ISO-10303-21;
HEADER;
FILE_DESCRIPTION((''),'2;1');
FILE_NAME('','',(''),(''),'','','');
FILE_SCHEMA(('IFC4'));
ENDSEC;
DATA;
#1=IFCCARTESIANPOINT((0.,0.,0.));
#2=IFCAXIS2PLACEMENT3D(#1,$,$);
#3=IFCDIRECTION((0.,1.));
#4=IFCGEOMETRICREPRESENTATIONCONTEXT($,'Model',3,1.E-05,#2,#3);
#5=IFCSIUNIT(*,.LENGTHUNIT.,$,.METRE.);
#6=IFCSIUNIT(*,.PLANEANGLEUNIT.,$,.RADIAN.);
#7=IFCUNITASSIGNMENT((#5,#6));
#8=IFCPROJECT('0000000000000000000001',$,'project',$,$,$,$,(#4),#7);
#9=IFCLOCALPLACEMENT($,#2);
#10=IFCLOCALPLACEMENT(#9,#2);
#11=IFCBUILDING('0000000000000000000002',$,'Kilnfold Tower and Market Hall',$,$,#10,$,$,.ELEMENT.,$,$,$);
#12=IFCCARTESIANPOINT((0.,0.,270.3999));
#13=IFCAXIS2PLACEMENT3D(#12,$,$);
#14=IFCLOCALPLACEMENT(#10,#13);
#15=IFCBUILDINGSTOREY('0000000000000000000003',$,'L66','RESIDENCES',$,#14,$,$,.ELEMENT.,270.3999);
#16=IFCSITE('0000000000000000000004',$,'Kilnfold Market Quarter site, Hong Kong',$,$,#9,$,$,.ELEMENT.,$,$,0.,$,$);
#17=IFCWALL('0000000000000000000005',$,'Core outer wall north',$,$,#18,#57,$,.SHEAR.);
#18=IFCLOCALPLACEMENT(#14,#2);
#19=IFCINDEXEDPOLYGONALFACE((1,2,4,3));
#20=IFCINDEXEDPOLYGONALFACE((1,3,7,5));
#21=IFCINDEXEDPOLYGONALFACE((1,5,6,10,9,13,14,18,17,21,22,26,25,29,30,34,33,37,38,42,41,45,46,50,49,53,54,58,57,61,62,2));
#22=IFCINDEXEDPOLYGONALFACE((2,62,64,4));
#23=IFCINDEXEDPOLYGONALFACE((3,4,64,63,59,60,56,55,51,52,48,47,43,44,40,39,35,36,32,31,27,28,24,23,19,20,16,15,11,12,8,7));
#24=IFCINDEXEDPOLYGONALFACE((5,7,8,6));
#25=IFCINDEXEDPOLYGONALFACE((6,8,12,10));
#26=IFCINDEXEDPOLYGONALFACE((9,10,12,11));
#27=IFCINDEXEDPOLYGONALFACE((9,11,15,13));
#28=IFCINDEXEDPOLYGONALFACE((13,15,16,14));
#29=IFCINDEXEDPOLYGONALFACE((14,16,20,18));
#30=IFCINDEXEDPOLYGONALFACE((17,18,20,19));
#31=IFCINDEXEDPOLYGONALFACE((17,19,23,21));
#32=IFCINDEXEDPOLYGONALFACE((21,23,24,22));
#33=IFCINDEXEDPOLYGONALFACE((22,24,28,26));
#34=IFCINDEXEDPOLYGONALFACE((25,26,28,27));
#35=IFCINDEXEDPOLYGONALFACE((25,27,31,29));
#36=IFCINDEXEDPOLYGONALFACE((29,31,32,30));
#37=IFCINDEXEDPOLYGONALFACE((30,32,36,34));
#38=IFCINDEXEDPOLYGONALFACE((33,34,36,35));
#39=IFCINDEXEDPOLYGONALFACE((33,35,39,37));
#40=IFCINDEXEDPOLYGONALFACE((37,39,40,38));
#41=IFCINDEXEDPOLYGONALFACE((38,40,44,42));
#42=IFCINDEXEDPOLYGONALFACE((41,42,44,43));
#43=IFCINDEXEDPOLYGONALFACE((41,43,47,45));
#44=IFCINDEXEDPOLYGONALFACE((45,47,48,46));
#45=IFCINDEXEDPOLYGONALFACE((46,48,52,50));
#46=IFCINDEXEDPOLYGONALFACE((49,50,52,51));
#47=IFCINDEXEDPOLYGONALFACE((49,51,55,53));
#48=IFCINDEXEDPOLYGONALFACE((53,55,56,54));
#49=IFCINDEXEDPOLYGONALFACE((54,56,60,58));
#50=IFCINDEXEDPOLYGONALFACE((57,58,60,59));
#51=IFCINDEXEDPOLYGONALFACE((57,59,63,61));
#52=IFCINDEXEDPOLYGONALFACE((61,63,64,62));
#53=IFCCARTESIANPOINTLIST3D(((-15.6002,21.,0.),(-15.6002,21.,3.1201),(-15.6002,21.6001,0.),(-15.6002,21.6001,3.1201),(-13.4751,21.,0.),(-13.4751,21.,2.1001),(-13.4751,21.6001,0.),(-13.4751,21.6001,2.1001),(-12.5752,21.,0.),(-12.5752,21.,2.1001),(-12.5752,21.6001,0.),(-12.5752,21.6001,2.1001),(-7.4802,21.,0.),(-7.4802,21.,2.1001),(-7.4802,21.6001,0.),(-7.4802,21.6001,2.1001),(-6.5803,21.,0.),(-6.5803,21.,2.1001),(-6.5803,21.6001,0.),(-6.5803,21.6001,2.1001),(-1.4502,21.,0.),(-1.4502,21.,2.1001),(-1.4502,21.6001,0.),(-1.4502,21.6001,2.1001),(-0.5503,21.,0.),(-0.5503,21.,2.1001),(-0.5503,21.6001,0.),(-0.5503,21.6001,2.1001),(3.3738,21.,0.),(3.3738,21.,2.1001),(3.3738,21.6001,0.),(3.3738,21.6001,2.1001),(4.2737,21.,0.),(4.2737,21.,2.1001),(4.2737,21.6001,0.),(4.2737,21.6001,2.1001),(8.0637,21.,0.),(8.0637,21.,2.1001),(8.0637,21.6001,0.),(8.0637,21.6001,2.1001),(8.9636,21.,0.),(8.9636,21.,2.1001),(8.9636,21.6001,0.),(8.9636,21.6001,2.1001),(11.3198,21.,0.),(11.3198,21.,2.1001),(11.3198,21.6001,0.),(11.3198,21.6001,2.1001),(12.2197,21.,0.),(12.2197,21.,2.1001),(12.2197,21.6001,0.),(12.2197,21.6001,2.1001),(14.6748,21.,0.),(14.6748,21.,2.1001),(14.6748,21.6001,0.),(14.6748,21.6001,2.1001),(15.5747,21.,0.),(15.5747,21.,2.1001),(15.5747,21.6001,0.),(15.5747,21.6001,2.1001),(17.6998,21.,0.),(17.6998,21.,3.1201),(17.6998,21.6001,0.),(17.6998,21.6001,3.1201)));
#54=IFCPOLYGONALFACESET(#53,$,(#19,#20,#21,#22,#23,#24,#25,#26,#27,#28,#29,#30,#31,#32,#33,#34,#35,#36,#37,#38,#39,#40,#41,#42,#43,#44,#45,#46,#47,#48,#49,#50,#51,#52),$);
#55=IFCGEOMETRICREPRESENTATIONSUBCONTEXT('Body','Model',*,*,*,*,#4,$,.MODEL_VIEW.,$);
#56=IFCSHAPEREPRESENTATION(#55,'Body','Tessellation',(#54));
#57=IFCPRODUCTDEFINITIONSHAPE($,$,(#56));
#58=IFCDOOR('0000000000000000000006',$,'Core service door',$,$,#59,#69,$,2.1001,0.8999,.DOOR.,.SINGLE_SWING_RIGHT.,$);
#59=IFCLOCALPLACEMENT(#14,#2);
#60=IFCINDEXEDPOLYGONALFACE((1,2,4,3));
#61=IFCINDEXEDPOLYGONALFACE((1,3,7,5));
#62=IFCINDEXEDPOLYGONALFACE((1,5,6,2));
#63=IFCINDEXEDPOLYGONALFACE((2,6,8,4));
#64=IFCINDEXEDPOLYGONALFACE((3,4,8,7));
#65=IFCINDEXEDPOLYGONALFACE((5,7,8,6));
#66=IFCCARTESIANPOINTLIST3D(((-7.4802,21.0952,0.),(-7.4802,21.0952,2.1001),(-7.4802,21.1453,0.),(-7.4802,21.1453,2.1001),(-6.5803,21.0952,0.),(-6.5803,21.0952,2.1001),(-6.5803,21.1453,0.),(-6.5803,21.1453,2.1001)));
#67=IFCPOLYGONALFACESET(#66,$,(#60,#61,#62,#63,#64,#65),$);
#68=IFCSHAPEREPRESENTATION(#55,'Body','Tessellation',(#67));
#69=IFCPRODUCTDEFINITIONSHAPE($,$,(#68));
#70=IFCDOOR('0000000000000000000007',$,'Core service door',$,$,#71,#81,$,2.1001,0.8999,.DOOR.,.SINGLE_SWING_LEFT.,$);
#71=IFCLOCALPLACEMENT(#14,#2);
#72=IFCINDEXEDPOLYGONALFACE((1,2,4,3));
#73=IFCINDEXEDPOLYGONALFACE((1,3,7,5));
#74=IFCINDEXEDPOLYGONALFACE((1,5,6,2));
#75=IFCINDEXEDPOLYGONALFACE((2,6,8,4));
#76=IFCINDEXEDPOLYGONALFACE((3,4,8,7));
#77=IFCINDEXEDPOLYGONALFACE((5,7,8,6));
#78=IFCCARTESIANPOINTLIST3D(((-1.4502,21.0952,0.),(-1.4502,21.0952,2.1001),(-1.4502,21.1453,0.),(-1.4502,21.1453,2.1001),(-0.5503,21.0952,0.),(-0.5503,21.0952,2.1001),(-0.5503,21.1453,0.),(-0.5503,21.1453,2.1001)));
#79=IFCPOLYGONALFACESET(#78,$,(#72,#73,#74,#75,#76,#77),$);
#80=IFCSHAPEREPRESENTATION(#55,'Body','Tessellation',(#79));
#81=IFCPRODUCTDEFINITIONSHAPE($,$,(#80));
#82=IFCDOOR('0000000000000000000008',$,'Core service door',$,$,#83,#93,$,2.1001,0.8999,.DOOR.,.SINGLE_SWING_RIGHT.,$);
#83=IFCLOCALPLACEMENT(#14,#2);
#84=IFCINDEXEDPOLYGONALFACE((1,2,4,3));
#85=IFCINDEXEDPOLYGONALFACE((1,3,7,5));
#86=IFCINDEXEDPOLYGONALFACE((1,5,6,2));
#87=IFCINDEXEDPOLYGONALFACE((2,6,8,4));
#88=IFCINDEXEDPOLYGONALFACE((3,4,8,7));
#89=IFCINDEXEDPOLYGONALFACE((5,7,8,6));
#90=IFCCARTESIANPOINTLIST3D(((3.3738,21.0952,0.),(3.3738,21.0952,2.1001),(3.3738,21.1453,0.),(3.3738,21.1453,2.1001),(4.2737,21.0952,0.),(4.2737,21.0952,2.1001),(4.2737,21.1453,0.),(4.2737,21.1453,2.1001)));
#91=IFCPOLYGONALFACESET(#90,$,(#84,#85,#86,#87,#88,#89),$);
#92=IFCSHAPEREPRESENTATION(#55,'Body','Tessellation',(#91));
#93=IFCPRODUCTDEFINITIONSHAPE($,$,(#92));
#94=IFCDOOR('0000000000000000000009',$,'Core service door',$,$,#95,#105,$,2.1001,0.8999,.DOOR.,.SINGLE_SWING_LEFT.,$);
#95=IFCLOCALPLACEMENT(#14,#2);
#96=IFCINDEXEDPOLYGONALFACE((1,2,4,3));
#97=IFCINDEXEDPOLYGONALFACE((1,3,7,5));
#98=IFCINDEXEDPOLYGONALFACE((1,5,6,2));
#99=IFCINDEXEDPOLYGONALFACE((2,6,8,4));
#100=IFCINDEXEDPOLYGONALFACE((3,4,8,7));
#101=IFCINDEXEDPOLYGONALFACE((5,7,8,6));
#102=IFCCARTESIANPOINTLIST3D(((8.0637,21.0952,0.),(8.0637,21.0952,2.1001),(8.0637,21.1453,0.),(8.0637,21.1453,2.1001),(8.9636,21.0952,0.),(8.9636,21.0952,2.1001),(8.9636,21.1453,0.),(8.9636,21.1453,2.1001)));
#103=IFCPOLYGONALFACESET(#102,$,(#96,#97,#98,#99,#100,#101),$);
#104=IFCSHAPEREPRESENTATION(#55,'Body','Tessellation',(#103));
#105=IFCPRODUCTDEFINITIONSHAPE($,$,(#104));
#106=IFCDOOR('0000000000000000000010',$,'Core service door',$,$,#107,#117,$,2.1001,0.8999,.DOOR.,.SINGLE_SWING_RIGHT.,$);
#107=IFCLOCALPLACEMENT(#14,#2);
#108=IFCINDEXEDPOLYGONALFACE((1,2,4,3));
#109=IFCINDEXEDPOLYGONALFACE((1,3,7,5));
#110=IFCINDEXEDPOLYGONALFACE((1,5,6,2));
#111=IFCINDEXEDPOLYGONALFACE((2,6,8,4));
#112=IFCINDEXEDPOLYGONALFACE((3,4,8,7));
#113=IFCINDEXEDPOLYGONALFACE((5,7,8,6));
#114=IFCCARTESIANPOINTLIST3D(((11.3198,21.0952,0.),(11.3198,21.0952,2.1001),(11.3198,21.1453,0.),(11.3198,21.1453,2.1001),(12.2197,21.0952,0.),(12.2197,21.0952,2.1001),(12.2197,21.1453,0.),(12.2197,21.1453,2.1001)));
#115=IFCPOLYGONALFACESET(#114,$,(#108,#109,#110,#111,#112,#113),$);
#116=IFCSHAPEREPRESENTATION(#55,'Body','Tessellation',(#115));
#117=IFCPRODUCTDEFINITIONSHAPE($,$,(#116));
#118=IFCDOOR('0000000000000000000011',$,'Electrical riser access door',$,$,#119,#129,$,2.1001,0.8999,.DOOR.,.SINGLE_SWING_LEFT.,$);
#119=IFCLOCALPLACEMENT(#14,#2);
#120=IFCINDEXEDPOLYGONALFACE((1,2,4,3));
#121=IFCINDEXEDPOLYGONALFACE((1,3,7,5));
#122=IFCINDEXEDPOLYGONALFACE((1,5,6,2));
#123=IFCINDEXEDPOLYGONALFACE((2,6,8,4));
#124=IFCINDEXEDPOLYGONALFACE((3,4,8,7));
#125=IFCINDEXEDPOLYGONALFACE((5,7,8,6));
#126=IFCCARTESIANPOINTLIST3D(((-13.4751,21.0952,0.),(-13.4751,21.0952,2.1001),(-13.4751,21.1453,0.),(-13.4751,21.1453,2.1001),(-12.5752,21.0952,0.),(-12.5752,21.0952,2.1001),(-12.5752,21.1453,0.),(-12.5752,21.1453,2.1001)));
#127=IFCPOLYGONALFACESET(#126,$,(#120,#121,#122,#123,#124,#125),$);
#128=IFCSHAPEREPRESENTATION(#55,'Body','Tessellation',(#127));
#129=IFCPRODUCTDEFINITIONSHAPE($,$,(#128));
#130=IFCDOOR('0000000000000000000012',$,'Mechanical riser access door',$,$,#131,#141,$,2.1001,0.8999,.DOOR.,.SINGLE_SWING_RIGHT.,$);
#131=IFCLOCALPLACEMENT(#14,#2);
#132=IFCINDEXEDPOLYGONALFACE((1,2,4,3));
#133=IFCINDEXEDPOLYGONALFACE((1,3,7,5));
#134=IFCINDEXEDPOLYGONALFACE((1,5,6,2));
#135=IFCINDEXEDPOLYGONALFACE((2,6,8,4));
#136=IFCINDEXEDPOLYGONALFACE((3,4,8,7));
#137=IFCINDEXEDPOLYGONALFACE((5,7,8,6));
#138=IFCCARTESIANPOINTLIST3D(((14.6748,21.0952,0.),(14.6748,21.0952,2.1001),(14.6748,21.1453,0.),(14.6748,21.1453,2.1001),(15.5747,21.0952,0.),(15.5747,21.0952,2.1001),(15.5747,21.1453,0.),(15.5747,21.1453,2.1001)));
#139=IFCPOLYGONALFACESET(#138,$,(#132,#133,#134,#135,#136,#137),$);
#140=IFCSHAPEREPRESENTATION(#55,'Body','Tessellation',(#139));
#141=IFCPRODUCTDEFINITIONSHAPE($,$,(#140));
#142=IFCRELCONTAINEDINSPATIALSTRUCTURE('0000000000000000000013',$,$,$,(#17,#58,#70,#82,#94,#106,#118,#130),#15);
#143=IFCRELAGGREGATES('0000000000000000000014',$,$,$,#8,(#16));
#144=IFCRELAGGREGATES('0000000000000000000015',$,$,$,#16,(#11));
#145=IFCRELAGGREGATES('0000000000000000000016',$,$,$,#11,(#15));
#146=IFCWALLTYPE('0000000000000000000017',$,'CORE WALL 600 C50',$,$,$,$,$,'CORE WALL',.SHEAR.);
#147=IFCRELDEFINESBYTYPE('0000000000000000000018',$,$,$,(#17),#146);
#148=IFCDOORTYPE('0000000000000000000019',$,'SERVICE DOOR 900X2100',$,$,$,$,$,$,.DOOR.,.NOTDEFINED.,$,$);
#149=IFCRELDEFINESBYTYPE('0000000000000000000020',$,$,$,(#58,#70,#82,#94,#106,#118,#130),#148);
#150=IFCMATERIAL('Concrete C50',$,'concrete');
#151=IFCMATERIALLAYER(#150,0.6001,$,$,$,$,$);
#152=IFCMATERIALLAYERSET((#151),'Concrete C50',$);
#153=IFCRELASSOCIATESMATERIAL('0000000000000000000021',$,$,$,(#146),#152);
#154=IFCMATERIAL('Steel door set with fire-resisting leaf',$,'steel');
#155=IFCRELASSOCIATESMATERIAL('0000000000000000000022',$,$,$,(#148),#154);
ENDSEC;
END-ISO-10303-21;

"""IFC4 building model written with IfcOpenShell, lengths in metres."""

from ifc_helpers import new_model, si_unit, direction, frame, frame_2d, origin, place, context, subcontext, project, spatial, rectangle, extrude, source, transform, mapped, material, layer, layer_set, type_object, element, fill, save


model = new_model("IFC4")

# Units and contexts
model_context = context("Model", 3, precision=1e-05, world=origin(), true_north=direction((0.0, 1.0)))
body_context = subcontext(model_context, "Body", "Model", "MODEL_VIEW")
ifc_project = project(units=[si_unit("LENGTHUNIT", "METRE"), si_unit("PLANEANGLEUNIT", "RADIAN")], contexts=[model_context])

# Site, building, storey
site_placement = place(None, origin())
site = spatial("IfcSite", under=ifc_project, at=site_placement, Name="Kilnfold Market Quarter site, Hong Kong", CompositionType="ELEMENT", RefElevation=0.0)
building_placement = place(site_placement, origin())
building = spatial("IfcBuilding", under=site, at=building_placement, Name="Kilnfold Tower and Market Hall", CompositionType="ELEMENT")
storey_placement = place(building_placement, frame((0.0, 0.0, 270.3999)))
storey = spatial("IfcBuildingStorey", under=building, at=storey_placement, Name="L66", Description="RESIDENCES", CompositionType="ELEMENT", Elevation=270.3999)

# Wall, openings, doors
ifc_material_1 = material(Name="Concrete C50", Category="concrete")
ifc_layer_1 = layer(ifc_material_1, 0.6001)
ifc_layer_set_1 = layer_set([ifc_layer_1], Name="Concrete C50")
wall_type_1 = type_object("IfcWallType", Name="CORE WALL 600 C50", ElementType="CORE WALL", PredefinedType="SHEAR", material=ifc_layer_set_1)
shared_shape_1 = source(origin(), body_context, "Body", "SweptSolid", [
    extrude(rectangle(XDim=33.3, YDim=0.6001, at=frame_2d((16.6499, 0.0))), origin(), (0.0, 0.0, 1.0), 3.1201),
])
wall_1_placement = place(storey_placement, frame((-15.6001, 21.3, 0.0), z_axis=(0.0, 0.0, 1.0), x_axis=(1.0, 0.0, 0.0)))
wall_1 = element("IfcWall", 1, at=wall_1_placement, inside=storey, type_object=wall_type_1, Name="Core outer wall north", PredefinedType="SHEAR", context=body_context, shape_type="MappedRepresentation", body=[
    mapped(shared_shape_1, transform((0.0, 0.0, 0.0))),
])
opening_1_placement = place(wall_1_placement, frame((8.1199, 0.0, 0.0)))
opening_1 = element("IfcOpeningElement", 2, at=opening_1_placement, cuts=wall_1, PredefinedType="OPENING", context=body_context, shape_type="SweptSolid", body=[
    extrude(rectangle(XDim=0.8999, YDim=2.1001, at=frame_2d((0.45, 1.05))), frame((0.0, 0.3101, 0.0), z_axis=(0.0, -1.0, 0.0), x_axis=(1.0, 0.0, 0.0)), (0.0, 0.0, 1.0), 0.6201),
])
opening_2_placement = place(wall_1_placement, frame((14.1499, 0.0, 0.0)))
opening_2 = element("IfcOpeningElement", 3, at=opening_2_placement, cuts=wall_1, PredefinedType="OPENING", context=body_context, shape_type="SweptSolid", body=[
    extrude(rectangle(XDim=0.8999, YDim=2.1001, at=frame_2d((0.45, 1.05))), frame((0.0, 0.3101, 0.0), z_axis=(0.0, -1.0, 0.0), x_axis=(1.0, 0.0, 0.0)), (0.0, 0.0, 1.0), 0.6201),
])
opening_3_placement = place(wall_1_placement, frame((18.9739, 0.0, 0.0)))
opening_3 = element("IfcOpeningElement", 4, at=opening_3_placement, cuts=wall_1, PredefinedType="OPENING", context=body_context, shape_type="SweptSolid", body=[
    extrude(rectangle(XDim=0.8999, YDim=2.1001, at=frame_2d((0.45, 1.05))), frame((0.0, 0.3101, 0.0), z_axis=(0.0, -1.0, 0.0), x_axis=(1.0, 0.0, 0.0)), (0.0, 0.0, 1.0), 0.6201),
])
opening_4_placement = place(wall_1_placement, frame((23.6638, 0.0, 0.0)))
opening_4 = element("IfcOpeningElement", 5, at=opening_4_placement, cuts=wall_1, PredefinedType="OPENING", context=body_context, shape_type="SweptSolid", body=[
    extrude(rectangle(XDim=0.8999, YDim=2.1001, at=frame_2d((0.45, 1.05))), frame((0.0, 0.3101, 0.0), z_axis=(0.0, -1.0, 0.0), x_axis=(1.0, 0.0, 0.0)), (0.0, 0.0, 1.0), 0.6201),
])
opening_5_placement = place(wall_1_placement, frame((26.9199, 0.0, 0.0)))
opening_5 = element("IfcOpeningElement", 6, at=opening_5_placement, cuts=wall_1, PredefinedType="OPENING", context=body_context, shape_type="SweptSolid", body=[
    extrude(rectangle(XDim=0.8999, YDim=2.1001, at=frame_2d((0.45, 1.05))), frame((0.0, 0.3101, 0.0), z_axis=(0.0, -1.0, 0.0), x_axis=(1.0, 0.0, 0.0)), (0.0, 0.0, 1.0), 0.6201),
])
opening_6_placement = place(wall_1_placement, frame((2.125, 0.0, 0.0)))
opening_6 = element("IfcOpeningElement", 7, at=opening_6_placement, cuts=wall_1, PredefinedType="OPENING", context=body_context, shape_type="SweptSolid", body=[
    extrude(rectangle(XDim=0.8999, YDim=2.1001, at=frame_2d((0.45, 1.05))), frame((0.0, 0.3101, 0.0), z_axis=(0.0, -1.0, 0.0), x_axis=(1.0, 0.0, 0.0)), (0.0, 0.0, 1.0), 0.6201),
])
opening_7_placement = place(wall_1_placement, frame((30.2749, 0.0, 0.0)))
opening_7 = element("IfcOpeningElement", 8, at=opening_7_placement, cuts=wall_1, PredefinedType="OPENING", context=body_context, shape_type="SweptSolid", body=[
    extrude(rectangle(XDim=0.8999, YDim=2.1001, at=frame_2d((0.45, 1.05))), frame((0.0, 0.3101, 0.0), z_axis=(0.0, -1.0, 0.0), x_axis=(1.0, 0.0, 0.0)), (0.0, 0.0, 1.0), 0.6201),
])
ifc_material_2 = material(Name="Steel door set with fire-resisting leaf", Category="steel")
door_type = type_object("IfcDoorType", Name="SERVICE DOOR 900X2100", OperationType="NOTDEFINED", PredefinedType="DOOR", material=ifc_material_2)
door_1_placement = place(opening_1_placement, origin())
door_1 = element("IfcDoor", 9, at=door_1_placement, inside=storey, type_object=door_type, Name="Core service door", OperationType="SINGLE_SWING_RIGHT", OverallHeight=2.1001, OverallWidth=0.8999, PredefinedType="DOOR", context=body_context, shape_type="SweptSolid", body=[
    extrude(rectangle(XDim=0.8999, YDim=2.1001, at=frame_2d((0.45, 1.05))), frame((0.0, -0.1548, 0.0), z_axis=(0.0, -1.0, 0.0), x_axis=(1.0, 0.0, 0.0)), (0.0, 0.0, 1.0), 0.05),
])
fill(opening_1, door_1)
door_2_placement = place(opening_2_placement, origin())
door_2 = element("IfcDoor", 10, at=door_2_placement, inside=storey, type_object=door_type, Name="Core service door", OperationType="SINGLE_SWING_LEFT", OverallHeight=2.1001, OverallWidth=0.8999, PredefinedType="DOOR", context=body_context, shape_type="SweptSolid", body=[
    extrude(rectangle(XDim=0.8999, YDim=2.1001, at=frame_2d((0.45, 1.05))), frame((0.0, -0.1548, 0.0), z_axis=(0.0, -1.0, 0.0), x_axis=(1.0, 0.0, 0.0)), (0.0, 0.0, 1.0), 0.05),
])
fill(opening_2, door_2)
door_3_placement = place(opening_3_placement, origin())
door_3 = element("IfcDoor", 11, at=door_3_placement, inside=storey, type_object=door_type, Name="Core service door", OperationType="SINGLE_SWING_RIGHT", OverallHeight=2.1001, OverallWidth=0.8999, PredefinedType="DOOR", context=body_context, shape_type="SweptSolid", body=[
    extrude(rectangle(XDim=0.8999, YDim=2.1001, at=frame_2d((0.45, 1.05))), frame((0.0, -0.1548, 0.0), z_axis=(0.0, -1.0, 0.0), x_axis=(1.0, 0.0, 0.0)), (0.0, 0.0, 1.0), 0.05),
])
fill(opening_3, door_3)
door_4_placement = place(opening_4_placement, origin())
door_4 = element("IfcDoor", 12, at=door_4_placement, inside=storey, type_object=door_type, Name="Core service door", OperationType="SINGLE_SWING_LEFT", OverallHeight=2.1001, OverallWidth=0.8999, PredefinedType="DOOR", context=body_context, shape_type="SweptSolid", body=[
    extrude(rectangle(XDim=0.8999, YDim=2.1001, at=frame_2d((0.45, 1.05))), frame((0.0, -0.1548, 0.0), z_axis=(0.0, -1.0, 0.0), x_axis=(1.0, 0.0, 0.0)), (0.0, 0.0, 1.0), 0.05),
])
fill(opening_4, door_4)
door_5_placement = place(opening_5_placement, origin())
door_5 = element("IfcDoor", 13, at=door_5_placement, inside=storey, type_object=door_type, Name="Core service door", OperationType="SINGLE_SWING_RIGHT", OverallHeight=2.1001, OverallWidth=0.8999, PredefinedType="DOOR", context=body_context, shape_type="SweptSolid", body=[
    extrude(rectangle(XDim=0.8999, YDim=2.1001, at=frame_2d((0.45, 1.05))), frame((0.0, -0.1548, 0.0), z_axis=(0.0, -1.0, 0.0), x_axis=(1.0, 0.0, 0.0)), (0.0, 0.0, 1.0), 0.05),
])
fill(opening_5, door_5)
door_6_placement = place(opening_6_placement, origin())
door_6 = element("IfcDoor", 14, at=door_6_placement, inside=storey, type_object=door_type, Name="Electrical riser access door", OperationType="SINGLE_SWING_LEFT", OverallHeight=2.1001, OverallWidth=0.8999, PredefinedType="DOOR", context=body_context, shape_type="SweptSolid", body=[
    extrude(rectangle(XDim=0.8999, YDim=2.1001, at=frame_2d((0.45, 1.05))), frame((0.0, -0.1548, 0.0), z_axis=(0.0, -1.0, 0.0), x_axis=(1.0, 0.0, 0.0)), (0.0, 0.0, 1.0), 0.05),
])
fill(opening_6, door_6)
door_7_placement = place(opening_7_placement, origin())
door_7 = element("IfcDoor", 15, at=door_7_placement, inside=storey, type_object=door_type, Name="Mechanical riser access door", OperationType="SINGLE_SWING_RIGHT", OverallHeight=2.1001, OverallWidth=0.8999, PredefinedType="DOOR", context=body_context, shape_type="SweptSolid", body=[
    extrude(rectangle(XDim=0.8999, YDim=2.1001, at=frame_2d((0.45, 1.05))), frame((0.0, -0.1548, 0.0), z_axis=(0.0, -1.0, 0.0), x_axis=(1.0, 0.0, 0.0)), (0.0, 0.0, 1.0), 0.05),
])
fill(opening_7, door_7)

save(model, "model.ifc")
